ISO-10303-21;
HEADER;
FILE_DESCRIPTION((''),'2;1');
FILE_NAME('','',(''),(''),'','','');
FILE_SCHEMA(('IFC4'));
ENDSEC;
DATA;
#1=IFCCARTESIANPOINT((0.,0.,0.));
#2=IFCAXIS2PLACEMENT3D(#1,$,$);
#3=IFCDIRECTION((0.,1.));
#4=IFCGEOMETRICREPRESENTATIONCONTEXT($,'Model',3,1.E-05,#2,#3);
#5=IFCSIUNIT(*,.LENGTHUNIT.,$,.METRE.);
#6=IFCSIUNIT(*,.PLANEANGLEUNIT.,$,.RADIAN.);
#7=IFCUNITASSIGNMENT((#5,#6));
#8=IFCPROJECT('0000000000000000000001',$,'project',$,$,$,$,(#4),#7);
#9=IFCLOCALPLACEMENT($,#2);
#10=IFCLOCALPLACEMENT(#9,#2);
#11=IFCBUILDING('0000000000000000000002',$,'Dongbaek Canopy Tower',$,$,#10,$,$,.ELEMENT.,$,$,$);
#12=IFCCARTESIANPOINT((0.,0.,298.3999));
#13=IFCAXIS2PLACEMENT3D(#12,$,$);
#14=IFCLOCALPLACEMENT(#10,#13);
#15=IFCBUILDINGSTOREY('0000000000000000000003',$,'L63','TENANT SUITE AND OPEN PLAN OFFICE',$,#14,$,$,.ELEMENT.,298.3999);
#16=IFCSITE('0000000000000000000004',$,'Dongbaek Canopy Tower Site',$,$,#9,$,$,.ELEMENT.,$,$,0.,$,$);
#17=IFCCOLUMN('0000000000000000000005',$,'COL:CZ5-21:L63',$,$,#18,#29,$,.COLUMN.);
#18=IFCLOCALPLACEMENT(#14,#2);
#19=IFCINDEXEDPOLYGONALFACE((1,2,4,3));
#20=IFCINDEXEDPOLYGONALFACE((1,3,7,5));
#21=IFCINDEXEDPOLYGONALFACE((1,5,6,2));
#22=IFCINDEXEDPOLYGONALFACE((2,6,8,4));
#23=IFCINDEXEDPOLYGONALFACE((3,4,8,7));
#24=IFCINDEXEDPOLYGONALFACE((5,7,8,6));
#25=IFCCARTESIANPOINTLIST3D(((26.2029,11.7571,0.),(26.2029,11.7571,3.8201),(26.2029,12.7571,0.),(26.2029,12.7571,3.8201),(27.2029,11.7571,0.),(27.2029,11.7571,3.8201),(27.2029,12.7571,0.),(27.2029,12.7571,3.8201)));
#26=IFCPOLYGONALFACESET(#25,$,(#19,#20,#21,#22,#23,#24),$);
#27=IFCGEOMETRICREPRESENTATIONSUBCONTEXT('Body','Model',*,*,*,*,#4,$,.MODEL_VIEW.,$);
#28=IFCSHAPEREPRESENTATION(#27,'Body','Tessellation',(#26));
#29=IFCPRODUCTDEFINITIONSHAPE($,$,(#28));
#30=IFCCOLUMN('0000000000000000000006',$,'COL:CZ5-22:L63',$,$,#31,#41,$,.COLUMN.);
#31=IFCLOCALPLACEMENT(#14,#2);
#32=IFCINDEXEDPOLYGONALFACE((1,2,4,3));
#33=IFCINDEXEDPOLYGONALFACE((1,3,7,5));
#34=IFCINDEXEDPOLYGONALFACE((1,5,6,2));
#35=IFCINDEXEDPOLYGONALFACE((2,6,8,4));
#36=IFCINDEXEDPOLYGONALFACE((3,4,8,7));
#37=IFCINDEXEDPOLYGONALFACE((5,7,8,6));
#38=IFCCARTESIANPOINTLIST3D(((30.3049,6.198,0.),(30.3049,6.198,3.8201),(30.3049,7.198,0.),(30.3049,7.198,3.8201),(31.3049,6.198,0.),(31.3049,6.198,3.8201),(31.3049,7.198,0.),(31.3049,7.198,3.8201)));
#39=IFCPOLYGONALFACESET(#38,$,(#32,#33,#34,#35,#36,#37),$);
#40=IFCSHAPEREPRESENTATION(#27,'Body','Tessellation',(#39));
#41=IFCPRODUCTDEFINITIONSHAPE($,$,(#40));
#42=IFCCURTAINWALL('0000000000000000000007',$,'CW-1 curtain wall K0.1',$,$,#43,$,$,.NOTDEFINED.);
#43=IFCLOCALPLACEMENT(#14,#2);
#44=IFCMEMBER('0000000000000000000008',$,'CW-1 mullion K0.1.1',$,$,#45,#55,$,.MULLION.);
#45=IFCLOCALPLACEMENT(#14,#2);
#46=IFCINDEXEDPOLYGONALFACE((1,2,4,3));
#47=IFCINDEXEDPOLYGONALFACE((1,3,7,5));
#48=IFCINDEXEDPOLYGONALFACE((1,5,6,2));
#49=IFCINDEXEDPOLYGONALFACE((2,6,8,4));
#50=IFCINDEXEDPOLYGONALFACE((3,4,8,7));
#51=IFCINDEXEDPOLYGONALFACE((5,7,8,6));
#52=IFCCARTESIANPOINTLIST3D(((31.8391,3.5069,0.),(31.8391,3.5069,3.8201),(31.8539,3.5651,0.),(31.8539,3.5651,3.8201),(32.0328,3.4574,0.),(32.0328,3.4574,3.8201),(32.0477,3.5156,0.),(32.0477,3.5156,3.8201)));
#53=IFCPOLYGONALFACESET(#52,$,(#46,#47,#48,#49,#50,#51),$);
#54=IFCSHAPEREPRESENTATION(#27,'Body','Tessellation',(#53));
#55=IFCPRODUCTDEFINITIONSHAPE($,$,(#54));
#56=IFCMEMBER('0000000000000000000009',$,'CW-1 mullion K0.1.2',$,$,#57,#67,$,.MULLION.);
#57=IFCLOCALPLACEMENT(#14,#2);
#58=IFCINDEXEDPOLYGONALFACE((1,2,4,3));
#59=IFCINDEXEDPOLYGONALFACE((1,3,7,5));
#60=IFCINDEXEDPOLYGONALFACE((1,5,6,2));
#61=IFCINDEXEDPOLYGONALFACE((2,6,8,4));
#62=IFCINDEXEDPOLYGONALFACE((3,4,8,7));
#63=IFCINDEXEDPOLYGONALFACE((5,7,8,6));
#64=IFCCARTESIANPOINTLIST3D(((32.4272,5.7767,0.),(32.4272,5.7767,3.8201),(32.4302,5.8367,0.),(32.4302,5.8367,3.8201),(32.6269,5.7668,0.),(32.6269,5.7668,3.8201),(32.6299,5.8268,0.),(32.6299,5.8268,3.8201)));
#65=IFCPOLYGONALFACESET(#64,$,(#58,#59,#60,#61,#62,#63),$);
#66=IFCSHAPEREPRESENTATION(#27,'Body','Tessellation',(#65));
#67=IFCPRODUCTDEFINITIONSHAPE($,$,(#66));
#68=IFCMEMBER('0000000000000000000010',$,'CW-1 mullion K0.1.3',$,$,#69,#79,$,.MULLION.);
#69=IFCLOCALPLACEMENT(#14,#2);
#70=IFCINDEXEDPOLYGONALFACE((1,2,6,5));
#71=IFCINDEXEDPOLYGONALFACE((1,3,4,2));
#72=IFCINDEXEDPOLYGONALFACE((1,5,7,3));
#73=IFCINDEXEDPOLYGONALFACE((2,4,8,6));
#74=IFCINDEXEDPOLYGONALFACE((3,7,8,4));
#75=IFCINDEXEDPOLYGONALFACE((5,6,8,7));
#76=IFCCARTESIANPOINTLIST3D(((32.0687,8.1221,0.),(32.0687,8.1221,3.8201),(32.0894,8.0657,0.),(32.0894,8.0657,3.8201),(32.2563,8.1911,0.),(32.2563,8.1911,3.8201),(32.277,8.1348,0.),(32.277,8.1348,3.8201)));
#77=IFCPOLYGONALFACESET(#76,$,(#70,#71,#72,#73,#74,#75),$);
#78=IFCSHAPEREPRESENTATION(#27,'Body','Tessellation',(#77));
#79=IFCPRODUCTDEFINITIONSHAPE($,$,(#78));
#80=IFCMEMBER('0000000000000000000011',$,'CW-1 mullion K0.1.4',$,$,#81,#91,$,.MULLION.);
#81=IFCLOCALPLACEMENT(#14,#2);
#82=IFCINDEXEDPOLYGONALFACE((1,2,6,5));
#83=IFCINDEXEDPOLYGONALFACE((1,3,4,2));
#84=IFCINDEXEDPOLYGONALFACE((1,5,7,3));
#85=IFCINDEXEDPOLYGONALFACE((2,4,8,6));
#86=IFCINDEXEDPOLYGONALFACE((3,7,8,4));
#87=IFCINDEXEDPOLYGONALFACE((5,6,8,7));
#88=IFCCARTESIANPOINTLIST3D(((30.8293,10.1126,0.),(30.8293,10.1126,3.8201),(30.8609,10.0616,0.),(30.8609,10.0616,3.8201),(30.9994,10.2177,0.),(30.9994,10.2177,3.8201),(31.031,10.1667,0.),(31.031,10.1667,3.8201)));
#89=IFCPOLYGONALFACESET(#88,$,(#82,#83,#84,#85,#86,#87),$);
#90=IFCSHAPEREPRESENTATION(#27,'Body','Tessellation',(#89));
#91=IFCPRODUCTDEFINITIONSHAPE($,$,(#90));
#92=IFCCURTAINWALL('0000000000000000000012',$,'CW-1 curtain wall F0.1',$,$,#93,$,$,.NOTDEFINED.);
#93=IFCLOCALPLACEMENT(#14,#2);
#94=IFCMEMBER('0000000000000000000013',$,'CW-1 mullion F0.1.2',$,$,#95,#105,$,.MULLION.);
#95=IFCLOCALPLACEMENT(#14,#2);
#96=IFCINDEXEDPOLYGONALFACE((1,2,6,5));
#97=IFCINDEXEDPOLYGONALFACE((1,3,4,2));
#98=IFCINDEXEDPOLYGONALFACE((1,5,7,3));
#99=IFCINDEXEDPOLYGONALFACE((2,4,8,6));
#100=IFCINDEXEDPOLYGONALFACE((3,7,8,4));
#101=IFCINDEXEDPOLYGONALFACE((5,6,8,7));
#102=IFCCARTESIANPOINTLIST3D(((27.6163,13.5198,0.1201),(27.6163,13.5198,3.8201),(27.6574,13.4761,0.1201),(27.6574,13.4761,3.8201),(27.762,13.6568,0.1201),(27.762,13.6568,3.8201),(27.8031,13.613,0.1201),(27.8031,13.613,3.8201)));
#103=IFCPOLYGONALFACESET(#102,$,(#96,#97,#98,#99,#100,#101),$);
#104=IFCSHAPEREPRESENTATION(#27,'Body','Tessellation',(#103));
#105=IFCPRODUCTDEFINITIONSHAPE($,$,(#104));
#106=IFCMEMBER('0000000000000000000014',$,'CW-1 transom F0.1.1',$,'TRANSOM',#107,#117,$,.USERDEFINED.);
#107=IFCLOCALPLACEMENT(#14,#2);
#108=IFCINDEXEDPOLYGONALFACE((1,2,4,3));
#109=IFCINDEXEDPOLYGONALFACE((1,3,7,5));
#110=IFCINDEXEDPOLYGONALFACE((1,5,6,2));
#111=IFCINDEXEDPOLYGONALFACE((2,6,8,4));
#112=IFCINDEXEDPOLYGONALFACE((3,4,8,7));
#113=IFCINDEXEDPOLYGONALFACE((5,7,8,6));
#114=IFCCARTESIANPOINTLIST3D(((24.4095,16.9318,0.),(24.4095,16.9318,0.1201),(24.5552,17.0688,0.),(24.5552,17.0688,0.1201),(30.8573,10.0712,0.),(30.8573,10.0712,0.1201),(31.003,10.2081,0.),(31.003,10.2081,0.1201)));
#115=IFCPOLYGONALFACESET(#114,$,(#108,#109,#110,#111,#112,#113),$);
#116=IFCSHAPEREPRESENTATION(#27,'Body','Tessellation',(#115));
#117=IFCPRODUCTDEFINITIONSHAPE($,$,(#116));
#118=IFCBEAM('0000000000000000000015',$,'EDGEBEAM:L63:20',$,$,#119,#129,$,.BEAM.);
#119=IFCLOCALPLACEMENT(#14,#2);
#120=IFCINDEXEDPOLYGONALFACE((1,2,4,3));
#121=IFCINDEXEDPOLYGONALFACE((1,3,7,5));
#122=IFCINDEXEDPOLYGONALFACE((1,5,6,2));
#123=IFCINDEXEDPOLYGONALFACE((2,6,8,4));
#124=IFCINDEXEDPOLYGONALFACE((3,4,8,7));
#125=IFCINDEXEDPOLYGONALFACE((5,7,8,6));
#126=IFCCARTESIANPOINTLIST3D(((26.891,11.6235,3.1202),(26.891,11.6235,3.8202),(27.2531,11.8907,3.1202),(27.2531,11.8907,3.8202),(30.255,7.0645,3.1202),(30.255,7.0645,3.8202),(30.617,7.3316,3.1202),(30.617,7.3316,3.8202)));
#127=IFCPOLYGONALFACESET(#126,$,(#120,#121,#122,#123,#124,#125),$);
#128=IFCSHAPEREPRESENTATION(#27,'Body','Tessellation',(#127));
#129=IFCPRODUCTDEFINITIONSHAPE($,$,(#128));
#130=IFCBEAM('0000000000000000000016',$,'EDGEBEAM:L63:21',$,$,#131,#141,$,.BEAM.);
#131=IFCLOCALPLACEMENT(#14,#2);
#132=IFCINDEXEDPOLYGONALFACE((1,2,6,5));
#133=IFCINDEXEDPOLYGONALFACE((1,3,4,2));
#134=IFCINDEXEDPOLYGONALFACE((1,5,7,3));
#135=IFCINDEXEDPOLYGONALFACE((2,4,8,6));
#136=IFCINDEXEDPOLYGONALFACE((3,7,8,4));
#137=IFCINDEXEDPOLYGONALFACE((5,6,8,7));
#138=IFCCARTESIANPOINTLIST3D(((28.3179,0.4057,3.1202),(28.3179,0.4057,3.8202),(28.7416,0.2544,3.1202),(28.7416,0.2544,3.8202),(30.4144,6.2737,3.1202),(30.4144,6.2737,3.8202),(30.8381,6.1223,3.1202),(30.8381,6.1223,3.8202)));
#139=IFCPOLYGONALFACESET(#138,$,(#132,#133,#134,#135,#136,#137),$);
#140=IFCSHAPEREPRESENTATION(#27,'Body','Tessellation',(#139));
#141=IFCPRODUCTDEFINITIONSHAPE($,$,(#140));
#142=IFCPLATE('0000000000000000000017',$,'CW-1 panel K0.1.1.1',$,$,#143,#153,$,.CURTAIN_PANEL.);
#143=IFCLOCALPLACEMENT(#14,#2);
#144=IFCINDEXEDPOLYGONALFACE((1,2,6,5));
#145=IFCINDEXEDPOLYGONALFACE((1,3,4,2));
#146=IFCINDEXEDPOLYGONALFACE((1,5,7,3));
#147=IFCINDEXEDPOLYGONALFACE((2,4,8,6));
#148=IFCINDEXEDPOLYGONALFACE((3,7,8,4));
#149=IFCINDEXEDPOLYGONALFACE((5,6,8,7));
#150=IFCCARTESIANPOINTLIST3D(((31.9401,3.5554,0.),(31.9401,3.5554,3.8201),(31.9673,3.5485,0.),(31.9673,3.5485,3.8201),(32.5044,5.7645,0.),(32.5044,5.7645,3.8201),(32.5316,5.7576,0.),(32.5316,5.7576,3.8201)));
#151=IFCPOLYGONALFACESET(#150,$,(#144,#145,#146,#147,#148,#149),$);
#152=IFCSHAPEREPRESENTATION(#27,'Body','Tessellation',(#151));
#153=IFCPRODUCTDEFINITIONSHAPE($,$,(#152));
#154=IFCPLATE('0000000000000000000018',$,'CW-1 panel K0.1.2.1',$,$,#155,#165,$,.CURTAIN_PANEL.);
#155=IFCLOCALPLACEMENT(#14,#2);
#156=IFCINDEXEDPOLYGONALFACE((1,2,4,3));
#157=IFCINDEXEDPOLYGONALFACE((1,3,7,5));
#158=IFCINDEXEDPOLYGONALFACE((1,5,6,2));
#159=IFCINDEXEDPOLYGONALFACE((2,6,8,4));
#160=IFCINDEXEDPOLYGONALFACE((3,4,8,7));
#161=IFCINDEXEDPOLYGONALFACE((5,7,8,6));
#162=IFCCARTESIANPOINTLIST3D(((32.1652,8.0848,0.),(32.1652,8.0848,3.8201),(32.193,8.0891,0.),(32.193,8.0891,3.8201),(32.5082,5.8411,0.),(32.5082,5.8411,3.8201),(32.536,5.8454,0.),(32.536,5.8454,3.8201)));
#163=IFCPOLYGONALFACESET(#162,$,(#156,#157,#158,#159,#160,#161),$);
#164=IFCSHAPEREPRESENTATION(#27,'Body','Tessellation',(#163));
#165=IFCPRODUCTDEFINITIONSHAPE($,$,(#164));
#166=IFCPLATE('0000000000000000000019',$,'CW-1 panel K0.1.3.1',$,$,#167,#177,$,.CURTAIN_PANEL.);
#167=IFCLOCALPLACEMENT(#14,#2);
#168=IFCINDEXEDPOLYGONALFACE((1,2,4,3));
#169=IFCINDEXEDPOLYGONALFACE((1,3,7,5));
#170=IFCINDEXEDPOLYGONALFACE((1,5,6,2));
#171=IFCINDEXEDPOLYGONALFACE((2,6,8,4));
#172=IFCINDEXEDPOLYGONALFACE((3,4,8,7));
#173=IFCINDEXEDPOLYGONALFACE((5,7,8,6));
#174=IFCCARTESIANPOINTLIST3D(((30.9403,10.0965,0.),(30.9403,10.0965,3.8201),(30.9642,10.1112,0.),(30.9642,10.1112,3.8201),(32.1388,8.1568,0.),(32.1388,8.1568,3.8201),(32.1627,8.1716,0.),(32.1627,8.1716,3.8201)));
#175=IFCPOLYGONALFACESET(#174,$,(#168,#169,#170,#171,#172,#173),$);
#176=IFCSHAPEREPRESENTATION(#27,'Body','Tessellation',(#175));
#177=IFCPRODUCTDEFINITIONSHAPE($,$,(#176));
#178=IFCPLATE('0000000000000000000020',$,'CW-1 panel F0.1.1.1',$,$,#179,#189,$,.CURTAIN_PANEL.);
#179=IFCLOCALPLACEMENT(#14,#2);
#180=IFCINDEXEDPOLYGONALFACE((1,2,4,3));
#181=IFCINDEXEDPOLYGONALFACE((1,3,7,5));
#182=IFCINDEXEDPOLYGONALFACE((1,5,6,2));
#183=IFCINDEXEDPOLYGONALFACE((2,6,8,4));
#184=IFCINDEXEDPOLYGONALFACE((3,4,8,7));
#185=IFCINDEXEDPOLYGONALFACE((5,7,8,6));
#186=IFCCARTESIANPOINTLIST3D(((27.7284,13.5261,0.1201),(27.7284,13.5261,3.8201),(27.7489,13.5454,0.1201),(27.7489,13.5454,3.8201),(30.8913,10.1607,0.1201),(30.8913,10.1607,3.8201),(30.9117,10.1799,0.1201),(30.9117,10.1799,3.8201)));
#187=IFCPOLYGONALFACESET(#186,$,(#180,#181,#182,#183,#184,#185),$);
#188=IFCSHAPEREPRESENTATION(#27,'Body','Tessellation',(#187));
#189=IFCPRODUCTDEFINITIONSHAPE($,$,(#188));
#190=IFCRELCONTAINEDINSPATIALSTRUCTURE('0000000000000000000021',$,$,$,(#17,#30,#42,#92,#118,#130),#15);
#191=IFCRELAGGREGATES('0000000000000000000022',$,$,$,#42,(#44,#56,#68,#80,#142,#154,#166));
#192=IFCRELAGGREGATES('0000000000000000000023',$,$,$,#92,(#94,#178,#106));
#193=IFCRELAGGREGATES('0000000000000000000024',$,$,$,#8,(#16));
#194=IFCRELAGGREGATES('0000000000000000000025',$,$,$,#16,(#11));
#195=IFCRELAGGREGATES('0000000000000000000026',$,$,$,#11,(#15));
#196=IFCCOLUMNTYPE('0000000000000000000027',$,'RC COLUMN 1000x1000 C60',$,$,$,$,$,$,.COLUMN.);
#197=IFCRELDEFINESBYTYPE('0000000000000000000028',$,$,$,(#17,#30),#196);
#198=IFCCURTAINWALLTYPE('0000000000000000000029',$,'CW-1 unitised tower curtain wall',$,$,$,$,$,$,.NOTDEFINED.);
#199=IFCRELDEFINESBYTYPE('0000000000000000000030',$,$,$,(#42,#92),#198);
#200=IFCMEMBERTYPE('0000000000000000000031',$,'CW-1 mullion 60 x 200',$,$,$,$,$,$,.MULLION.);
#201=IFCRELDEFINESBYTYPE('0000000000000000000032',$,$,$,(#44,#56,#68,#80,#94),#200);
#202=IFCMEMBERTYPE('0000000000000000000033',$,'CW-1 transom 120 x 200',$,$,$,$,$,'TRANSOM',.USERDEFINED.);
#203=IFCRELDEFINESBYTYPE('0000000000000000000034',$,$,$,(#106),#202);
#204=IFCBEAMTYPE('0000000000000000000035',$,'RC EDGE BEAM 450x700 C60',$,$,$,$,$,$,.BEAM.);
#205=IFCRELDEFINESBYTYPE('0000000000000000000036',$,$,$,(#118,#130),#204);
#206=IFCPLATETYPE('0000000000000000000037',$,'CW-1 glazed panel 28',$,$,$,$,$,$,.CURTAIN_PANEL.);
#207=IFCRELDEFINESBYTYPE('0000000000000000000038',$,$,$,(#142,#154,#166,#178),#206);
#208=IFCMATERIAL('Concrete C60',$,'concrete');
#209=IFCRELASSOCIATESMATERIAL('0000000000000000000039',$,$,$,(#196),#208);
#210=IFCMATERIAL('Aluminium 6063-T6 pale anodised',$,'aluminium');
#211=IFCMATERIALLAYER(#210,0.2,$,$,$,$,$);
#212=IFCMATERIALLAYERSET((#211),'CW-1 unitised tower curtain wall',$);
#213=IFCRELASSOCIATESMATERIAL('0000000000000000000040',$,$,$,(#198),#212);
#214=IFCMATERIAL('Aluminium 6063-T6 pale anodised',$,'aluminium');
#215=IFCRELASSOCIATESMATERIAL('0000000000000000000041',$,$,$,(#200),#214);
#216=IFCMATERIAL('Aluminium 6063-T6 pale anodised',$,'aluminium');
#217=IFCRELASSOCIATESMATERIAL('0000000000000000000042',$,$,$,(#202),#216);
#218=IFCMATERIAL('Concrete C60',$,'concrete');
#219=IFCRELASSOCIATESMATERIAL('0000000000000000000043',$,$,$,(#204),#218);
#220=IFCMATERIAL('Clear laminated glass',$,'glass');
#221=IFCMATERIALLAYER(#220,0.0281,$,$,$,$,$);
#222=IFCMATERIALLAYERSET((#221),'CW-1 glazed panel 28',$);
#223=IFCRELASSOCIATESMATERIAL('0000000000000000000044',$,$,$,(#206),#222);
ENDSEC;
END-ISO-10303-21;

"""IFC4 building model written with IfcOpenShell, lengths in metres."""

from ifc_helpers import new_model, si_unit, direction, frame, origin, origin_2d, place, context, subcontext, project, spatial, rectangle, extrude, material, layer, layer_set, material_profile, profile_set, type_object, element, aggregate, save


model = new_model("IFC4")

# Units and contexts
model_context = context("Model", 3, precision=1e-05, world=origin(), true_north=direction((0.0, 1.0)))
body_context = subcontext(model_context, "Body", "Model", "MODEL_VIEW")
ifc_project = project(units=[si_unit("LENGTHUNIT", "METRE"), si_unit("PLANEANGLEUNIT", "RADIAN")], contexts=[model_context])

# Site, building, storey
site_placement = place(None, origin())
site = spatial("IfcSite", under=ifc_project, at=site_placement, Name="Dongbaek Canopy Tower Site", CompositionType="ELEMENT", RefElevation=0.0)
building_placement = place(site_placement, origin())
building = spatial("IfcBuilding", under=site, at=building_placement, Name="Dongbaek Canopy Tower", CompositionType="ELEMENT")
storey_placement = place(building_placement, frame((0.0, 0.0, 298.3999)))
storey = spatial("IfcBuildingStorey", under=building, at=storey_placement, Name="L63", Description="TENANT SUITE AND OPEN PLAN OFFICE", CompositionType="ELEMENT", Elevation=298.3999)

# Columns
ifc_material_1 = material(Name="Concrete C60", Category="concrete")
ifc_material_profile_1 = material_profile(ifc_material_1, rectangle(XDim=1.0, YDim=1.0, at=origin_2d()), Name="RC COLUMN 1000x1000 C60")
ifc_profile_set_1 = profile_set([ifc_material_profile_1], Name="Concrete C60")
column_type = type_object("IfcColumnType", Name="RC COLUMN 1000x1000 C60", PredefinedType="COLUMN", material=ifc_profile_set_1)
for number, where, z_axis, x_axis, name in (
    (1, (26.7029, 12.2571, 0.0), (0.0, 0.0, 1.0), (1.0, 0.0, 0.0), "COL:CZ5-21:L63"),
    (2, (30.8049, 6.698, 0.0), (0.0, 0.0, 1.0), (1.0, 0.0, 0.0), "COL:CZ5-22:L63"),
):
    element("IfcColumn", number, at=place(storey_placement, frame(where, z_axis=z_axis, x_axis=x_axis)), inside=storey, type_object=column_type, Name=name, PredefinedType="COLUMN", context=body_context, shape_type="SweptSolid", body=[
        extrude(rectangle(XDim=1.0, YDim=1.0, at=origin_2d()), origin(), (0.0, 0.0, 1.0), 3.8201),
    ])

# Curtain walls, members
ifc_material_2 = material(Name="Aluminium 6063-T6 pale anodised", Category="aluminium")
ifc_layer_1 = layer(ifc_material_2, 0.2)
ifc_layer_set_1 = layer_set([ifc_layer_1], Name="CW-1 unitised tower curtain wall")
curtain_wall_type = type_object("IfcCurtainWallType", Name="CW-1 unitised tower curtain wall", PredefinedType="NOTDEFINED", material=ifc_layer_set_1)
curtain_wall_1_placement = place(storey_placement, origin())
curtain_wall_1 = element("IfcCurtainWall", 3, at=curtain_wall_1_placement, inside=storey, type_object=curtain_wall_type, Name="CW-1 curtain wall K0.1", PredefinedType="NOTDEFINED")
ifc_material_3 = material(Name="Aluminium 6063-T6 pale anodised", Category="aluminium")
ifc_material_profile_2 = material_profile(ifc_material_3, rectangle(XDim=0.2, YDim=0.0601, at=origin_2d()), Name="CW-1 mullion 60 x 200")
ifc_profile_set_2 = profile_set([ifc_material_profile_2], Name="Aluminium 6063-T6 pale anodised")
member_type_1 = type_object("IfcMemberType", Name="CW-1 mullion 60 x 200", PredefinedType="MULLION", material=ifc_profile_set_2)
member_1_placement = place(storey_placement, frame((31.9434, 3.5112, 0.0), z_axis=(0.0, 0.0, 1.0), x_axis=(0.968887, -0.247503, 0.0)))
member_1 = element("IfcMember", 4, at=member_1_placement, type_object=member_type_1, Name="CW-1 mullion K0.1.1", PredefinedType="MULLION", context=body_context, shape_type="SweptSolid", body=[
    extrude(rectangle(XDim=0.2, YDim=0.0601, at=origin_2d()), origin(), (0.0, 0.0, 1.0), 3.8201),
])
member_2_placement = place(storey_placement, frame((32.5286, 5.8018, 0.0), z_axis=(0.0, 0.0, 1.0), x_axis=(0.99879, -0.049188, 0.0)))
member_2 = element("IfcMember", 5, at=member_2_placement, type_object=member_type_1, Name="CW-1 mullion K0.1.2", PredefinedType="MULLION", context=body_context, shape_type="SweptSolid", body=[
    extrude(rectangle(XDim=0.2, YDim=0.0601, at=origin_2d()), origin(), (0.0, 0.0, 1.0), 3.8201),
])
member_3_placement = place(storey_placement, frame((32.1729, 8.1284, 0.0), z_axis=(0.0, 0.0, 1.0), x_axis=(0.938484, 0.345322, 0.0)))
member_3 = element("IfcMember", 6, at=member_3_placement, type_object=member_type_1, Name="CW-1 mullion K0.1.3", PredefinedType="MULLION", context=body_context, shape_type="SweptSolid", body=[
    extrude(rectangle(XDim=0.2, YDim=0.0601, at=origin_2d()), origin(), (0.0, 0.0, 1.0), 3.8201),
])
member_4_placement = place(storey_placement, frame((30.9302, 10.1396, 0.0), z_axis=(0.0, 0.0, 1.0), x_axis=(0.850702, 0.525648, 0.0)))
member_4 = element("IfcMember", 7, at=member_4_placement, type_object=member_type_1, Name="CW-1 mullion K0.1.4", PredefinedType="MULLION", context=body_context, shape_type="SweptSolid", body=[
    extrude(rectangle(XDim=0.2, YDim=0.0601, at=origin_2d()), origin(), (0.0, 0.0, 1.0), 3.8201),
])
curtain_wall_2_placement = place(storey_placement, origin())
curtain_wall_2 = element("IfcCurtainWall", 8, at=curtain_wall_2_placement, inside=storey, type_object=curtain_wall_type, Name="CW-1 curtain wall F0.1", PredefinedType="NOTDEFINED")
member_5_placement = place(storey_placement, frame((27.7097, 13.5664, 0.1201), z_axis=(0.0, 0.0, 1.0), x_axis=(0.728702, 0.684831, 0.0)))
member_5 = element("IfcMember", 9, at=member_5_placement, type_object=member_type_1, Name="CW-1 mullion F0.1.2", PredefinedType="MULLION", context=body_context, shape_type="SweptSolid", body=[
    extrude(rectangle(XDim=0.2, YDim=0.0601, at=origin_2d()), origin(), (0.0, 0.0, 1.0), 3.7),
])
ifc_material_4 = material(Name="Aluminium 6063-T6 pale anodised", Category="aluminium")
ifc_material_profile_3 = material_profile(ifc_material_4, rectangle(XDim=0.2, YDim=0.1201, at=origin_2d()), Name="CW-1 transom 120 x 200")
ifc_profile_set_3 = profile_set([ifc_material_profile_3], Name="Aluminium 6063-T6 pale anodised")
member_type_2 = type_object("IfcMemberType", Name="CW-1 transom 120 x 200", ElementType="TRANSOM", PredefinedType="USERDEFINED", material=ifc_profile_set_3)
member_6_placement = place(storey_placement, frame((30.9302, 10.1396, 0.0601), z_axis=(-0.684842, 0.728692, 0.0), x_axis=(-0.728692, -0.684842, 0.0)))
member_6 = element("IfcMember", 10, at=member_6_placement, type_object=member_type_2, Name="CW-1 transom F0.1.1", ObjectType="TRANSOM", PredefinedType="USERDEFINED", context=body_context, shape_type="SweptSolid", body=[
    extrude(rectangle(XDim=0.2, YDim=0.1201, at=origin_2d()), origin(), (0.0, 0.0, 1.0), 9.415),
])

# Beams
ifc_material_5 = material(Name="Concrete C60", Category="concrete")
ifc_material_profile_4 = material_profile(ifc_material_5, rectangle(XDim=0.45, YDim=0.7, at=origin_2d()), Name="RC EDGE BEAM 450x700 C60")
ifc_profile_set_4 = profile_set([ifc_material_profile_4], Name="Concrete C60")
beam_type = type_object("IfcBeamType", Name="RC EDGE BEAM 450x700 C60", PredefinedType="BEAM", material=ifc_profile_set_4)
beam_1_placement = place(storey_placement, frame((27.072, 11.7571, 3.4702), z_axis=(0.593735, -0.80466, 0.0), x_axis=(0.80466, 0.593735, 0.0)))
element("IfcBeam", 11, at=beam_1_placement, inside=storey, type_object=beam_type, Name="EDGEBEAM:L63:20", PredefinedType="BEAM", context=body_context, shape_type="SweptSolid", body=[
    extrude(rectangle(XDim=0.45, YDim=0.7, at=origin_2d()), origin(), (0.0, 0.0, 1.0), 5.6658),
])
beam_2_placement = place(storey_placement, frame((30.6262, 6.198, 3.4702), z_axis=(-0.336443, -0.941704, 0.0), x_axis=(0.941704, -0.336443, 0.0)))
element("IfcBeam", 12, at=beam_2_placement, inside=storey, type_object=beam_type, Name="EDGEBEAM:L63:21", PredefinedType="BEAM", context=body_context, shape_type="SweptSolid", body=[
    extrude(rectangle(XDim=0.45, YDim=0.7, at=origin_2d()), origin(), (0.0, 0.0, 1.0), 6.2312),
])

# Plates
ifc_material_6 = material(Name="Clear laminated glass", Category="glass")
ifc_layer_2 = layer(ifc_material_6, 0.0281)
ifc_layer_set_2 = layer_set([ifc_layer_2], Name="CW-1 glazed panel 28")
plate_type = type_object("IfcPlateType", Name="CW-1 glazed panel 28", PredefinedType="CURTAIN_PANEL", material=ifc_layer_set_2)
plate_1_placement = place(storey_placement, frame((32.2358, 4.6565, 0.0), z_axis=(0.0, 0.0, 1.0), x_axis=(0.247503, 0.968887, 0.0)))
plate_1 = element("IfcPlate", 13, at=plate_1_placement, type_object=plate_type, Name="CW-1 panel K0.1.1.1", PredefinedType="CURTAIN_PANEL", context=body_context, shape_type="SweptSolid", body=[
    extrude(rectangle(XDim=2.28, YDim=0.0281, at=origin_2d()), origin(), (0.0, 0.0, 1.0), 3.8201),
])
plate_2_placement = place(storey_placement, frame((32.3506, 6.9651, 0.0), z_axis=(0.0, 0.0, 1.0), x_axis=(-0.151106, 0.988518, 0.0)))
plate_2 = element("IfcPlate", 14, at=plate_2_placement, type_object=plate_type, Name="CW-1 panel K0.1.2.1", PredefinedType="CURTAIN_PANEL", context=body_context, shape_type="SweptSolid", body=[
    extrude(rectangle(XDim=2.2698, YDim=0.0281, at=origin_2d()), origin(), (0.0, 0.0, 1.0), 3.8201),
])
plate_3_placement = place(storey_placement, frame((31.5515, 9.134, 0.0), z_axis=(0.0, 0.0, 1.0), x_axis=(-0.525648, 0.850702, 0.0)))
plate_3 = element("IfcPlate", 15, at=plate_3_placement, type_object=plate_type, Name="CW-1 panel K0.1.3.1", PredefinedType="CURTAIN_PANEL", context=body_context, shape_type="SweptSolid", body=[
    extrude(rectangle(XDim=2.28, YDim=0.0281, at=origin_2d()), origin(), (0.0, 0.0, 1.0), 3.8201),
])
plate_4_placement = place(storey_placement, frame((29.3201, 11.853, 0.1201), z_axis=(0.0, 0.0, 1.0), x_axis=(-0.684831, 0.728702, 0.0)))
plate_4 = element("IfcPlate", 16, at=plate_4_placement, type_object=plate_type, Name="CW-1 panel F0.1.1.1", PredefinedType="CURTAIN_PANEL", context=body_context, shape_type="SweptSolid", body=[
    extrude(rectangle(XDim=4.6184, YDim=0.0281, at=origin_2d()), origin(), (0.0, 0.0, 1.0), 3.7),
])

aggregate(curtain_wall_1, [member_1, member_2, member_3, member_4, plate_1, plate_2, plate_3])
aggregate(curtain_wall_2, [member_5, plate_4, member_6])

save(model, "model.ifc")
